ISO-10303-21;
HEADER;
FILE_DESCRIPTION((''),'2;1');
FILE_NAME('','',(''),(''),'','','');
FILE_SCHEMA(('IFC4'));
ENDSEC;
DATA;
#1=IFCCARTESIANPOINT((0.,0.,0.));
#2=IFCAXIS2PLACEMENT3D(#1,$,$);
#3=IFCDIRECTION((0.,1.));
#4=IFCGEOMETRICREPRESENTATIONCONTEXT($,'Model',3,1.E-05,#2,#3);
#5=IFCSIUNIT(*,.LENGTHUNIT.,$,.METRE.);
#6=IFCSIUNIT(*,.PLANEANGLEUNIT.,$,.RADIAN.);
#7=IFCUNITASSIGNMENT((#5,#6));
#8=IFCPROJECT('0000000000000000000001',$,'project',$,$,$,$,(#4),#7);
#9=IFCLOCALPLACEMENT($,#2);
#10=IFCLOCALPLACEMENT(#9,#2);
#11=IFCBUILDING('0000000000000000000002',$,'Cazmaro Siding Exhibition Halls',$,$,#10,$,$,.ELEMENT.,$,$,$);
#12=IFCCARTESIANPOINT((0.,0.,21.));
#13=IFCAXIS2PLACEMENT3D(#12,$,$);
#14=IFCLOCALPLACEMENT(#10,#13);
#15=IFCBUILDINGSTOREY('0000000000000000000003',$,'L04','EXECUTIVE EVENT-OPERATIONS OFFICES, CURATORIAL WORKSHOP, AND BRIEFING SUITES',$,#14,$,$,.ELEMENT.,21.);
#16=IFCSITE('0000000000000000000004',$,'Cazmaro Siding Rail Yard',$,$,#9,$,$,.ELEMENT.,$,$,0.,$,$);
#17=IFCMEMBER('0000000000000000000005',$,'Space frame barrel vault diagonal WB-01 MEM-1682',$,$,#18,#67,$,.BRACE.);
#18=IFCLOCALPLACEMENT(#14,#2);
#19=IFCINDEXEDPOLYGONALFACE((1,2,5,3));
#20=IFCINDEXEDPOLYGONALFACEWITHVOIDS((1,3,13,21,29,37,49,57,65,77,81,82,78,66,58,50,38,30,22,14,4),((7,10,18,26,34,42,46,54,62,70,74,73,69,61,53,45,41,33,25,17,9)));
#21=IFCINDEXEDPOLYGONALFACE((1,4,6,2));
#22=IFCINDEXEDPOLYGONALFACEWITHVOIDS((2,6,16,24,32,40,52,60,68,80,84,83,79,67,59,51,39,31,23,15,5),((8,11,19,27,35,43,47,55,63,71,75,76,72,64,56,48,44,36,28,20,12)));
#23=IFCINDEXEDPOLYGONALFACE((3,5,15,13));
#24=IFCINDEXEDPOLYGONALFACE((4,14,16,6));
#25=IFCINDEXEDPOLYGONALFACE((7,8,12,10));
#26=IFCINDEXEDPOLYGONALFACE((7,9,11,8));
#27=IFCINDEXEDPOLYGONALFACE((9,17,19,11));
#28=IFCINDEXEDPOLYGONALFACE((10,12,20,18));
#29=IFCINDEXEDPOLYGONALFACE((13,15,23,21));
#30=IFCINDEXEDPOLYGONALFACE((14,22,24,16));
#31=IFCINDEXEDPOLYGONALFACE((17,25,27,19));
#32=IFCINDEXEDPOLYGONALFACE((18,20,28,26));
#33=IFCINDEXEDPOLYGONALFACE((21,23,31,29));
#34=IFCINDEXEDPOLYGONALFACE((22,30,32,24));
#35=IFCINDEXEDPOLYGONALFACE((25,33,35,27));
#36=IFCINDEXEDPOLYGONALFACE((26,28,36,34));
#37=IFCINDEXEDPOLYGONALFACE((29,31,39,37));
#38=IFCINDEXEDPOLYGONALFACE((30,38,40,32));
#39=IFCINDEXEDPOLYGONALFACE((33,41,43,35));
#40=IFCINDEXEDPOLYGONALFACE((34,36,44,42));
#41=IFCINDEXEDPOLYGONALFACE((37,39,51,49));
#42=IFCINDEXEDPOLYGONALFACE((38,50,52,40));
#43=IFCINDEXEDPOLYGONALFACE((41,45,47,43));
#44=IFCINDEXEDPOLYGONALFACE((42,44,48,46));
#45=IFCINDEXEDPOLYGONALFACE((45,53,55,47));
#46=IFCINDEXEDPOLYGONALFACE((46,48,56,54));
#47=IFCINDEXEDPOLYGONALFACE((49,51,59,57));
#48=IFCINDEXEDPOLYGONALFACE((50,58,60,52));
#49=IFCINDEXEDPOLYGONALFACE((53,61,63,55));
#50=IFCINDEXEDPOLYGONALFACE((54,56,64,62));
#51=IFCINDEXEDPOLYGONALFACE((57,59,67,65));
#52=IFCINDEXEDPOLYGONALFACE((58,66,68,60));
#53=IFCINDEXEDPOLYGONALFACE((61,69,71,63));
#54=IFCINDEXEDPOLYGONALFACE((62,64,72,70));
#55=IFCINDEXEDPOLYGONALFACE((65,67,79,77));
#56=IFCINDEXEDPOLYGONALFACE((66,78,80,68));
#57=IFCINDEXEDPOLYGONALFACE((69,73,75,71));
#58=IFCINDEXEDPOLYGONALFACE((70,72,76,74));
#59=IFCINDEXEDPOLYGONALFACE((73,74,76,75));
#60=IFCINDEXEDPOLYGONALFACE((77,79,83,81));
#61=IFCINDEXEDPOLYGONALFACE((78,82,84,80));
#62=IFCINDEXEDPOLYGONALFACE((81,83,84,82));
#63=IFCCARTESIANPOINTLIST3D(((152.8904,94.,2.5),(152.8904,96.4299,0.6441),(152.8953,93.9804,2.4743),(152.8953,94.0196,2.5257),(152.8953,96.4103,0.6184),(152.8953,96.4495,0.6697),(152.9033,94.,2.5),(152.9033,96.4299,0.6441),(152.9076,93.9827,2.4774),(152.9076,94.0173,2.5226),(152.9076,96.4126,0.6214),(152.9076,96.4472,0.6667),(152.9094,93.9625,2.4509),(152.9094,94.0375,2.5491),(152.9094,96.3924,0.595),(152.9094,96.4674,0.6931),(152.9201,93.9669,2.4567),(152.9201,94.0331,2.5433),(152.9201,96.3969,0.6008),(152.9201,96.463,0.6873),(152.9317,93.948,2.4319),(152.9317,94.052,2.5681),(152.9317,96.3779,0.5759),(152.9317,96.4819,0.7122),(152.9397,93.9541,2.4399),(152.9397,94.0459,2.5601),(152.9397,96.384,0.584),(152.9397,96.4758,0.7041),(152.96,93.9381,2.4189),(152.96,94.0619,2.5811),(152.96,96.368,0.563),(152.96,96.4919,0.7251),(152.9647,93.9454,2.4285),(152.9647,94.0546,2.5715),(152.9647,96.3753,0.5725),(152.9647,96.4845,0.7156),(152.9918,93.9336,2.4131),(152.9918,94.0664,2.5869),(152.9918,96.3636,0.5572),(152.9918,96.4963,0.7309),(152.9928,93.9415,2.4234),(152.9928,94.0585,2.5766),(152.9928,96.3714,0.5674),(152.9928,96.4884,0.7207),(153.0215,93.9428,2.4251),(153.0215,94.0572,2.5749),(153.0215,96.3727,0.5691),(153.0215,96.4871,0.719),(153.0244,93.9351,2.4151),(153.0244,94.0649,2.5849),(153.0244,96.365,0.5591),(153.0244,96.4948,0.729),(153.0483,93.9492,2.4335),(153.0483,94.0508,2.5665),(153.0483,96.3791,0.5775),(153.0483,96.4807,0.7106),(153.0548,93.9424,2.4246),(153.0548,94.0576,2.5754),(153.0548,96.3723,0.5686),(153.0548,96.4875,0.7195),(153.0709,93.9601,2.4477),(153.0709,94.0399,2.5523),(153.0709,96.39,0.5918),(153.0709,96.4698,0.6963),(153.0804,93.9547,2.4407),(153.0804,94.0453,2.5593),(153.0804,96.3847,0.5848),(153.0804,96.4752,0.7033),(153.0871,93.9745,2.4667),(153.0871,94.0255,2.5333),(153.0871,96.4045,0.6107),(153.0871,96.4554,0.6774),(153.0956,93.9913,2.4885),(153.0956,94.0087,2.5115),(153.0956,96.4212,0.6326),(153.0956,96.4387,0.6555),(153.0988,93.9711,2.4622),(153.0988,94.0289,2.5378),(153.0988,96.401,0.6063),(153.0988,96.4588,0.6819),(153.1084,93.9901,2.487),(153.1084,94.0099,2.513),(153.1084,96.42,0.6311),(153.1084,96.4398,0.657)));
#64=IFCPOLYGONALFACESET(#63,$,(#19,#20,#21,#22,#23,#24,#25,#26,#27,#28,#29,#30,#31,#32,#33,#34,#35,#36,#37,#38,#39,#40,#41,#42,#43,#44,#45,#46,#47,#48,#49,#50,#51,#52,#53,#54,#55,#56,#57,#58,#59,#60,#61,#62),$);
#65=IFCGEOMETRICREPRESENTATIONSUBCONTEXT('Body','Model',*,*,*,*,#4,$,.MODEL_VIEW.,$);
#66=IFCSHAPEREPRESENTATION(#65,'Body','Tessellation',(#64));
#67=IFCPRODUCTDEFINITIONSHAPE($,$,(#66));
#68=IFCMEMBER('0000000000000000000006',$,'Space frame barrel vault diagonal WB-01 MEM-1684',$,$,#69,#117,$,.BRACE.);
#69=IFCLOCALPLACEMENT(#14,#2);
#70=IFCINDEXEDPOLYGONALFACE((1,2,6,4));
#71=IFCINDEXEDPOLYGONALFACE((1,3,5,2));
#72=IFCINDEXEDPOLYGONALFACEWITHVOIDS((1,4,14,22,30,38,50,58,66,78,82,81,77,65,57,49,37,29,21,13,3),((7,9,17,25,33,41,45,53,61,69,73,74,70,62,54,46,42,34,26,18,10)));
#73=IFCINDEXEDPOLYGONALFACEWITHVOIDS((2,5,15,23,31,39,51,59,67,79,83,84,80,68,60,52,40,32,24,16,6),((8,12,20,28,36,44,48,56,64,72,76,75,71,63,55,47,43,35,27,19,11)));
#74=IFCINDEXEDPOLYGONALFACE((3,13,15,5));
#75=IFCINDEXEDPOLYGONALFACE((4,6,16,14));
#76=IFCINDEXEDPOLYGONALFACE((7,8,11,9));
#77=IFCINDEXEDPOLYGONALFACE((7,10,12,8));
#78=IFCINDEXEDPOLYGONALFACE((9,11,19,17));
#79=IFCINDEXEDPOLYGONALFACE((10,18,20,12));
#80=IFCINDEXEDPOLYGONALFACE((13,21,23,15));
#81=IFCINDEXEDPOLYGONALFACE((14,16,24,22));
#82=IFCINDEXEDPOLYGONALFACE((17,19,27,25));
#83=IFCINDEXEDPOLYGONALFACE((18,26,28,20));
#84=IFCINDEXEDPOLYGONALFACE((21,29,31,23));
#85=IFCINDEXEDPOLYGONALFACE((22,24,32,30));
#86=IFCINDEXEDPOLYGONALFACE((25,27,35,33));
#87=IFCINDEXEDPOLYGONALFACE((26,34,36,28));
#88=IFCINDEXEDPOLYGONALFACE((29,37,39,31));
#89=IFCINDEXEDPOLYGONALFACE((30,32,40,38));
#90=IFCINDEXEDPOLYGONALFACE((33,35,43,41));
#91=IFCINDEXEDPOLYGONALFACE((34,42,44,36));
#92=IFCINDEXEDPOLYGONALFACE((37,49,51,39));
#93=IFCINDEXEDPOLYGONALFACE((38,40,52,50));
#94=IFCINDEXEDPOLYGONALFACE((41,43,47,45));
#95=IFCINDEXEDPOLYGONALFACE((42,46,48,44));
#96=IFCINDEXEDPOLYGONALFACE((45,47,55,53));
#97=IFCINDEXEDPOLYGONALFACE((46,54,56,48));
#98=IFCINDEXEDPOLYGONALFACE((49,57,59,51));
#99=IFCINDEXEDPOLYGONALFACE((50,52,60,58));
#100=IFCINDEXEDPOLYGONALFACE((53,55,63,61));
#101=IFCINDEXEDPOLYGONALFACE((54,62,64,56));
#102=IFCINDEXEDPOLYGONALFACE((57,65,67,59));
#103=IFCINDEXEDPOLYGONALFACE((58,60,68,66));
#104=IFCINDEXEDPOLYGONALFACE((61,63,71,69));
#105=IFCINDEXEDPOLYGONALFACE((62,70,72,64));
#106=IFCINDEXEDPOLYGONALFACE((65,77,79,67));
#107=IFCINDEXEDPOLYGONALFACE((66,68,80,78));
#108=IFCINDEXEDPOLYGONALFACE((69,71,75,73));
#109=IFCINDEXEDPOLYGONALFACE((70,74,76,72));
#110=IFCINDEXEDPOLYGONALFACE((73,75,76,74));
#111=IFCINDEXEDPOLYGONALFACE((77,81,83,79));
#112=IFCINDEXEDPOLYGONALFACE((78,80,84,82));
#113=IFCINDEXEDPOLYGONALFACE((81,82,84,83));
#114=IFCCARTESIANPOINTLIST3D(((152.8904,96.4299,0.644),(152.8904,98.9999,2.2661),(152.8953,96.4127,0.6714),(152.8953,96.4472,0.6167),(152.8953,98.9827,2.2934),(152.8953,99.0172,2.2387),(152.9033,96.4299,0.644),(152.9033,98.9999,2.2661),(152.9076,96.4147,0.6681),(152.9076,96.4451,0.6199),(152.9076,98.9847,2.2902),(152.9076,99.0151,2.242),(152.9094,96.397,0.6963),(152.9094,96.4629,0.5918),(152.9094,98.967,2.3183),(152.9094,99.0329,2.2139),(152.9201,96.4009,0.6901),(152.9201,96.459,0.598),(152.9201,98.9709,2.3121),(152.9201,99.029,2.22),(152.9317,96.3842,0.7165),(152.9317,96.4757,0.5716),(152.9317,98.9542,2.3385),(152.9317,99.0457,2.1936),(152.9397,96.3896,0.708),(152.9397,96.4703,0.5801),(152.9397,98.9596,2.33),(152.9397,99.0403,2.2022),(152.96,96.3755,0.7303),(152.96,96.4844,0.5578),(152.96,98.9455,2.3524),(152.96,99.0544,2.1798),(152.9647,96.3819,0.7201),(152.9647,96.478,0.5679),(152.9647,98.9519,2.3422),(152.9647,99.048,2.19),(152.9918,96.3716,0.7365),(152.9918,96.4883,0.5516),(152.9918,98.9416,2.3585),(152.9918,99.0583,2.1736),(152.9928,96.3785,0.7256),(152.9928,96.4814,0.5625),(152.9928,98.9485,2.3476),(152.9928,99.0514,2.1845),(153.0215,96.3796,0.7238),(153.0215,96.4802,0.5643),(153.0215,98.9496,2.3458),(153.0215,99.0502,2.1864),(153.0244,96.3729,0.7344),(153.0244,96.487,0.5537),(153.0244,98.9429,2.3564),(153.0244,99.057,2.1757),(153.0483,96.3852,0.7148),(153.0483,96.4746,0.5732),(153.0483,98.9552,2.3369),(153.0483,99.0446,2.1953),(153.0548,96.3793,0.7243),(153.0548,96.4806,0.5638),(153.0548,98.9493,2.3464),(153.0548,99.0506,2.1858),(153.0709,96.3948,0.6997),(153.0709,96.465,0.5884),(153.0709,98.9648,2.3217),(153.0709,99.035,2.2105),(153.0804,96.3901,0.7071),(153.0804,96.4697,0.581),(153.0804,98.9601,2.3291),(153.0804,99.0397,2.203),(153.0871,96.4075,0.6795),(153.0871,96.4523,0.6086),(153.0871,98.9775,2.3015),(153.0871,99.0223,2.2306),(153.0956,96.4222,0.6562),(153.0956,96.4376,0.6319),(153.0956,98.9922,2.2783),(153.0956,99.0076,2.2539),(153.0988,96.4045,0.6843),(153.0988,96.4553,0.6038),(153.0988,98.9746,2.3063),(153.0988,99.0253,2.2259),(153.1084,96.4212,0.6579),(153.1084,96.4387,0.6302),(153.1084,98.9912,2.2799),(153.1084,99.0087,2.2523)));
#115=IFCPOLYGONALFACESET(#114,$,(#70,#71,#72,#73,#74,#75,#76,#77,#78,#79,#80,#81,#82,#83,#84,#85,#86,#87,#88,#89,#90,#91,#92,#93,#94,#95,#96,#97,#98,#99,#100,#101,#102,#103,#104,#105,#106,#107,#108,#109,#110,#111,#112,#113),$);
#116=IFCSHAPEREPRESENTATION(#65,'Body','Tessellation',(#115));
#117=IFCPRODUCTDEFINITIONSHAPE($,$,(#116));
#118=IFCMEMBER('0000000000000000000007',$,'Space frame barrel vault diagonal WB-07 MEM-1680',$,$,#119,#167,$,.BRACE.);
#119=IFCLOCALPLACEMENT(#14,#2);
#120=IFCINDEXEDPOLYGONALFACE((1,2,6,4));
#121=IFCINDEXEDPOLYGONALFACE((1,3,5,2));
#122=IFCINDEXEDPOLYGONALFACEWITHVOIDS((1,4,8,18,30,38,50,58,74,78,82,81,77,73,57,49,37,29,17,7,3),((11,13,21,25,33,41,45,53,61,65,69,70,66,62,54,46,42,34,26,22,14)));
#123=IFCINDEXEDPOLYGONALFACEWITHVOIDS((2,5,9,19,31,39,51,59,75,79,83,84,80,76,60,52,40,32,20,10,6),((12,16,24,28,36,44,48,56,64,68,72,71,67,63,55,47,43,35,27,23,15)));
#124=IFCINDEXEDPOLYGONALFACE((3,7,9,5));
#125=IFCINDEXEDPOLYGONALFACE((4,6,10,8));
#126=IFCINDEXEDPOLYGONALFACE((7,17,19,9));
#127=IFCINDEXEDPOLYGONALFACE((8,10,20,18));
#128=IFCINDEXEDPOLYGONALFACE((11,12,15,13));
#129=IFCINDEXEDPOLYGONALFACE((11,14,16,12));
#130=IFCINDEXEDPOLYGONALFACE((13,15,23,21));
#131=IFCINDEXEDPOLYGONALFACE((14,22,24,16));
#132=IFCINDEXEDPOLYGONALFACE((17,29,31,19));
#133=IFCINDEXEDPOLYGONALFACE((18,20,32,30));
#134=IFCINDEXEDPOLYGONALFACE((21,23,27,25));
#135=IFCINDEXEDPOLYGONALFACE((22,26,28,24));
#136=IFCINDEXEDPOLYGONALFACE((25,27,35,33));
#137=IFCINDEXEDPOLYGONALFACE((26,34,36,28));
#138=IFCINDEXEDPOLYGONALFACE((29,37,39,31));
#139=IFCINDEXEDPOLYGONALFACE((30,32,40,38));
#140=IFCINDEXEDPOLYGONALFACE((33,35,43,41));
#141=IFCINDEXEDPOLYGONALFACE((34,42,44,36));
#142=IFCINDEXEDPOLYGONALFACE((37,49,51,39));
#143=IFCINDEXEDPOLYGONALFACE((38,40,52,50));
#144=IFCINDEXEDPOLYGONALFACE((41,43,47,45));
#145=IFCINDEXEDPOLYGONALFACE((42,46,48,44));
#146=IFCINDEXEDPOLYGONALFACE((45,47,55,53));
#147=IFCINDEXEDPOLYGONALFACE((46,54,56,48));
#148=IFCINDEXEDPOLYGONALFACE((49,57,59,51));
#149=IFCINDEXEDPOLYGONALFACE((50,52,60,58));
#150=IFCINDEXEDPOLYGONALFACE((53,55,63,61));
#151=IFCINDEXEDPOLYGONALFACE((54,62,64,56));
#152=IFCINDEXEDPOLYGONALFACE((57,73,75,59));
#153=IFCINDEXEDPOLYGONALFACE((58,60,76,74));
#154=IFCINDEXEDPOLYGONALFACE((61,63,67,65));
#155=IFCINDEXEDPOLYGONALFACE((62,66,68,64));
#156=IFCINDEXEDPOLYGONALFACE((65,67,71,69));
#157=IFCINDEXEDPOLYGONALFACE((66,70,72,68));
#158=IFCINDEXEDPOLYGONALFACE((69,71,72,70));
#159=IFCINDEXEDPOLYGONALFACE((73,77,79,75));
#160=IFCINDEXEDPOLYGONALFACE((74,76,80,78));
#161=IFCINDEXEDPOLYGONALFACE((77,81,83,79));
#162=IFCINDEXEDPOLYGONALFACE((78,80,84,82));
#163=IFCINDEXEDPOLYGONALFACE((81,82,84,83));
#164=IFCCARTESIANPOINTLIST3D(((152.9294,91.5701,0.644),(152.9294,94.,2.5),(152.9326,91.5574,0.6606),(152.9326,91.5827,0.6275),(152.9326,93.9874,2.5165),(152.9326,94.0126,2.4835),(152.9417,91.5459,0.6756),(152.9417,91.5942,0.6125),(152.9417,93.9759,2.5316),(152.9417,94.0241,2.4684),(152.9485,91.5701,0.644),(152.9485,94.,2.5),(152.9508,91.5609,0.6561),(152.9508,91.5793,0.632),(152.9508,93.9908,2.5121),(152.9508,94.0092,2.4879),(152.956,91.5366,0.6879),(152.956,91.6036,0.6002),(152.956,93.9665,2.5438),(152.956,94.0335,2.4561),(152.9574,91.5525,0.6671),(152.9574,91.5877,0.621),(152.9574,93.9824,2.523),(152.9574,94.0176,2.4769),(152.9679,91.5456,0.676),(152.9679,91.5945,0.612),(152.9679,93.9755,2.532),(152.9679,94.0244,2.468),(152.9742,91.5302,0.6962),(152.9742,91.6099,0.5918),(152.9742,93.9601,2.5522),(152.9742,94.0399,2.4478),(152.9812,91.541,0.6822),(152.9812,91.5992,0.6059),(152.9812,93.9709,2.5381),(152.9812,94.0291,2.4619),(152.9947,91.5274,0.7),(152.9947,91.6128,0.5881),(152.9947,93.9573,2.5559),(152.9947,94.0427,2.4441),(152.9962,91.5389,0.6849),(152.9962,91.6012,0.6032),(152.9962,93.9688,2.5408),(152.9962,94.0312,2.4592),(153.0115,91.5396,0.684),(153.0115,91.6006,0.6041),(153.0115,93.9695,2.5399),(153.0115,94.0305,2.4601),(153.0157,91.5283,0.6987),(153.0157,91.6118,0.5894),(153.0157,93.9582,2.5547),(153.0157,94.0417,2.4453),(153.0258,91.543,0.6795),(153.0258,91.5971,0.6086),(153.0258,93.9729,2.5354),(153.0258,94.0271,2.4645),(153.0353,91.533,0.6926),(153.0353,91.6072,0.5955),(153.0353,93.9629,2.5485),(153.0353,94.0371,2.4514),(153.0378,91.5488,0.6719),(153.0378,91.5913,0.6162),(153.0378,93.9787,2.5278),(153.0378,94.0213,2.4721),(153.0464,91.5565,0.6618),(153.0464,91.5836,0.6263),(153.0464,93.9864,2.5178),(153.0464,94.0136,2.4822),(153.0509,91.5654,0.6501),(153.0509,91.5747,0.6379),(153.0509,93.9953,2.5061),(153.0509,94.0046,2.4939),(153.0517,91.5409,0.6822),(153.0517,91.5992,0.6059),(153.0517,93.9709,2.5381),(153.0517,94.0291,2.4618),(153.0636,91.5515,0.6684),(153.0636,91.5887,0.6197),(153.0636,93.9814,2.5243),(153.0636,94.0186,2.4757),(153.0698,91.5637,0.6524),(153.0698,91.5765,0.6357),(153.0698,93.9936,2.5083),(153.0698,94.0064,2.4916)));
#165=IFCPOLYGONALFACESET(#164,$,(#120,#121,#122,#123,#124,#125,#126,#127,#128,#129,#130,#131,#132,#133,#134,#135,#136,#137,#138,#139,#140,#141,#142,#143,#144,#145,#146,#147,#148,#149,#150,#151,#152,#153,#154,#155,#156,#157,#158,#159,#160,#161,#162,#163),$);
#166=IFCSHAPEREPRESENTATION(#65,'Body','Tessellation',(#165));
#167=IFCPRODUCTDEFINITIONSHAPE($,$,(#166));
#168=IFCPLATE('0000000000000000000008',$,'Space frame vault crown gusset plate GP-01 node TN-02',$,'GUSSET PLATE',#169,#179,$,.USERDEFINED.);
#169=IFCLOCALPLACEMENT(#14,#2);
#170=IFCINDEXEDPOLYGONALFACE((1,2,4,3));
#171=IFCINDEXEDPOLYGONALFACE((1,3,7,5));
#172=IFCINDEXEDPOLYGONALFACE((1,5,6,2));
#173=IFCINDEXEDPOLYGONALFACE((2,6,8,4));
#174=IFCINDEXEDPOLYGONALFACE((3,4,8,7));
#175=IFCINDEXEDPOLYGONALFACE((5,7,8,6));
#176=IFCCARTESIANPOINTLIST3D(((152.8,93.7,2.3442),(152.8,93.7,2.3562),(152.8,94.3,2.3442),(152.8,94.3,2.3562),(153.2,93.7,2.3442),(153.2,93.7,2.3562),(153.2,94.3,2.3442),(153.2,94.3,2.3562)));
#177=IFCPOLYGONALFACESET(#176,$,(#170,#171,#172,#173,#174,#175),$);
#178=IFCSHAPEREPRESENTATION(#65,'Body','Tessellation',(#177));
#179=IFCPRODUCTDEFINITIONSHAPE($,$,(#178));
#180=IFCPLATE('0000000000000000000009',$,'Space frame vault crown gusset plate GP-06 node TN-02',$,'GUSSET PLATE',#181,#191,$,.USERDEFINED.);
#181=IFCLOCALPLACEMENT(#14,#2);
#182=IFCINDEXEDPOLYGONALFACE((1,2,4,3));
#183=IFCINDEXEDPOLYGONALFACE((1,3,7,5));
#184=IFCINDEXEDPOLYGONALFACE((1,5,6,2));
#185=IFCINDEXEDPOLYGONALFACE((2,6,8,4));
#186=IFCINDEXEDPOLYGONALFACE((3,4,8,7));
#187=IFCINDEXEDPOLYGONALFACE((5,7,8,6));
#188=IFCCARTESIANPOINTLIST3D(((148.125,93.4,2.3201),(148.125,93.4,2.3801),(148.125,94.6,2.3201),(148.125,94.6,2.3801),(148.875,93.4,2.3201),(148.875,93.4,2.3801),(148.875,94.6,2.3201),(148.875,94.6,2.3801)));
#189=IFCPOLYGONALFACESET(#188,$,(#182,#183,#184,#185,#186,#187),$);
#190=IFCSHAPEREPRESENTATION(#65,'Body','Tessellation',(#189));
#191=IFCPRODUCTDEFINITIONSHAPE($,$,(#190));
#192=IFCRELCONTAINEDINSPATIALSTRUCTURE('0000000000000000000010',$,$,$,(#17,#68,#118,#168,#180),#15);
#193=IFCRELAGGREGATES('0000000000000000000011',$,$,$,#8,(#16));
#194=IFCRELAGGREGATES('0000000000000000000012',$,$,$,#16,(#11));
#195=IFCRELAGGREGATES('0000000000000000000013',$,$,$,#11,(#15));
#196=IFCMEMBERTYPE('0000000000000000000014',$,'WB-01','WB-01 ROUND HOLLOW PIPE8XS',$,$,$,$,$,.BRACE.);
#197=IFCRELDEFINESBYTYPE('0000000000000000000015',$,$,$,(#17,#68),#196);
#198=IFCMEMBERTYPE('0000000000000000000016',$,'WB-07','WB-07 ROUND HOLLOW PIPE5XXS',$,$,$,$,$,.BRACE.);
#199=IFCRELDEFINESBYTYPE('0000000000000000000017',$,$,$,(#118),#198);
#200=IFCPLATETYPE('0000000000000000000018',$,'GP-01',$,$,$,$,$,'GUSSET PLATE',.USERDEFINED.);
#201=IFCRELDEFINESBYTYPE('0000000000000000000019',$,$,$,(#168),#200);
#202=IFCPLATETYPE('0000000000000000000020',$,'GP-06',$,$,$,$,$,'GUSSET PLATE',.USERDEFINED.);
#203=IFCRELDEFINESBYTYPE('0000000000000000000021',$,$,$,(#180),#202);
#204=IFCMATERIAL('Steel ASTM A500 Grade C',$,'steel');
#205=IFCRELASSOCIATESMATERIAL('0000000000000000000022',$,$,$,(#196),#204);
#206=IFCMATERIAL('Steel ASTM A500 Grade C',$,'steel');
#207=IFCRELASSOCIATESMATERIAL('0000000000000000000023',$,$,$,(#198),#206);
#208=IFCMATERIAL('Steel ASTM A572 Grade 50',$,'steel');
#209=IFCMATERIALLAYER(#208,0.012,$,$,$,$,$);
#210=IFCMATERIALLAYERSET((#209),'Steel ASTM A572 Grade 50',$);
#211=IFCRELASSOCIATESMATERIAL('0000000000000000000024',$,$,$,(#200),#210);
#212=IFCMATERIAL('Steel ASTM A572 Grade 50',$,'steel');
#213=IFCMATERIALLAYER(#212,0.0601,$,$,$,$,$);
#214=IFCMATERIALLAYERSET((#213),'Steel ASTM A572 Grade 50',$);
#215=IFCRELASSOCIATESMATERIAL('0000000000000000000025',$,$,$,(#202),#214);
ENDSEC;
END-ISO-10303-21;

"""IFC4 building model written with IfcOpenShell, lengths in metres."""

from ifc_helpers import new_model, si_unit, direction, frame, origin, origin_2d, place, context, subcontext, project, spatial, rectangle, hollow_circle, extrude, material, layer, layer_set, material_profile, profile_set, type_object, element, save


model = new_model("IFC4")

# Units and contexts
model_context = context("Model", 3, precision=1e-05, world=origin(), true_north=direction((0.0, 1.0)))
body_context = subcontext(model_context, "Body", "Model", "MODEL_VIEW")
ifc_project = project(units=[si_unit("LENGTHUNIT", "METRE"), si_unit("PLANEANGLEUNIT", "RADIAN")], contexts=[model_context])

# Site, building, storey
site_placement = place(None, origin())
site = spatial("IfcSite", under=ifc_project, at=site_placement, Name="Cazmaro Siding Rail Yard", CompositionType="ELEMENT", RefElevation=0.0)
building_placement = place(site_placement, origin())
building = spatial("IfcBuilding", under=site, at=building_placement, Name="Cazmaro Siding Exhibition Halls", CompositionType="ELEMENT")
storey_placement = place(building_placement, frame((0.0, 0.0, 21.0)))
storey = spatial("IfcBuildingStorey", under=building, at=storey_placement, Name="L04", Description="EXECUTIVE EVENT-OPERATIONS OFFICES, CURATORIAL WORKSHOP, AND BRIEFING SUITES", CompositionType="ELEMENT", Elevation=21.0)

# Members
ifc_material_1 = material(Name="Steel ASTM A500 Grade C", Category="steel")
ifc_material_profile_1 = material_profile(ifc_material_1, hollow_circle(Radius=0.1096, WallThickness=0.0129, at=origin_2d()), Name="PIPE8XS")
ifc_profile_set_1 = profile_set([ifc_material_profile_1], Name="Steel ASTM A500 Grade C")
member_type_1 = type_object("IfcMemberType", Name="WB-01", Description="WB-01 ROUND HOLLOW PIPE8XS", PredefinedType="BRACE", material=ifc_profile_set_1)
member_1_placement = place(storey_placement, frame((153.0, 94.0, 2.5), z_axis=(0.0, 0.794709, -0.606991), x_axis=(-1.0, 0.0, 0.0)))
element("IfcMember", 1, at=member_1_placement, inside=storey, type_object=member_type_1, Name="Space frame barrel vault diagonal WB-01 MEM-1682", PredefinedType="BRACE", context=body_context, shape_type="SweptSolid", body=[
    extrude(hollow_circle(Radius=0.1096, WallThickness=0.0129, at=origin_2d()), origin(), (0.0, 0.0, 1.0), 3.0576),
])
member_2_placement = place(storey_placement, frame((153.0, 96.4299, 0.644), z_axis=(0.0, 0.845657, 0.533727), x_axis=(-1.0, 0.0, 0.0)))
element("IfcMember", 2, at=member_2_placement, inside=storey, type_object=member_type_1, Name="Space frame barrel vault diagonal WB-01 MEM-1684", PredefinedType="BRACE", context=body_context, shape_type="SweptSolid", body=[
    extrude(hollow_circle(Radius=0.1096, WallThickness=0.0129, at=origin_2d()), origin(), (0.0, 0.0, 1.0), 3.0391),
])
ifc_material_2 = material(Name="Steel ASTM A500 Grade C", Category="steel")
ifc_material_profile_2 = material_profile(ifc_material_2, hollow_circle(Radius=0.0706, WallThickness=0.019, at=origin_2d()), Name="PIPE5XXS")
ifc_profile_set_2 = profile_set([ifc_material_profile_2], Name="Steel ASTM A500 Grade C")
member_type_2 = type_object("IfcMemberType", Name="WB-07", Description="WB-07 ROUND HOLLOW PIPE5XXS", PredefinedType="BRACE", material=ifc_profile_set_2)
member_3_placement = place(storey_placement, frame((153.0, 91.5701, 0.644), z_axis=(0.0, 0.794709, 0.606991), x_axis=(-1.0, 0.0, 0.0)))
element("IfcMember", 3, at=member_3_placement, inside=storey, type_object=member_type_2, Name="Space frame barrel vault diagonal WB-07 MEM-1680", PredefinedType="BRACE", context=body_context, shape_type="SweptSolid", body=[
    extrude(hollow_circle(Radius=0.0706, WallThickness=0.019, at=origin_2d()), origin(), (0.0, 0.0, 1.0), 3.0576),
])

# Plates
ifc_material_3 = material(Name="Steel ASTM A572 Grade 50", Category="steel")
ifc_layer_1 = layer(ifc_material_3, 0.012)
ifc_layer_set_1 = layer_set([ifc_layer_1], Name="Steel ASTM A572 Grade 50")
plate_type_1 = type_object("IfcPlateType", Name="GP-01", ElementType="GUSSET PLATE", PredefinedType="USERDEFINED", material=ifc_layer_set_1)
plate_1_placement = place(storey_placement, frame((153.0, 94.0, 2.3442), z_axis=(0.0, 0.0, 1.0), x_axis=(0.0, 1.0, 0.0)))
element("IfcPlate", 4, at=plate_1_placement, inside=storey, type_object=plate_type_1, Name="Space frame vault crown gusset plate GP-01 node TN-02", ObjectType="GUSSET PLATE", PredefinedType="USERDEFINED", context=body_context, shape_type="SweptSolid", body=[
    extrude(rectangle(XDim=0.6001, YDim=0.3999, at=origin_2d()), origin(), (0.0, 0.0, 1.0), 0.012),
])
ifc_material_4 = material(Name="Steel ASTM A572 Grade 50", Category="steel")
ifc_layer_2 = layer(ifc_material_4, 0.0601)
ifc_layer_set_2 = layer_set([ifc_layer_2], Name="Steel ASTM A572 Grade 50")
plate_type_2 = type_object("IfcPlateType", Name="GP-06", ElementType="GUSSET PLATE", PredefinedType="USERDEFINED", material=ifc_layer_set_2)
plate_2_placement = place(storey_placement, frame((148.5, 94.0, 2.3201), z_axis=(0.0, 0.0, 1.0), x_axis=(0.0, 1.0, 0.0)))
element("IfcPlate", 5, at=plate_2_placement, inside=storey, type_object=plate_type_2, Name="Space frame vault crown gusset plate GP-06 node TN-02", ObjectType="GUSSET PLATE", PredefinedType="USERDEFINED", context=body_context, shape_type="SweptSolid", body=[
    extrude(rectangle(XDim=1.2, YDim=0.75, at=origin_2d()), origin(), (0.0, 0.0, 1.0), 0.0601),
])

save(model, "model.ifc")
